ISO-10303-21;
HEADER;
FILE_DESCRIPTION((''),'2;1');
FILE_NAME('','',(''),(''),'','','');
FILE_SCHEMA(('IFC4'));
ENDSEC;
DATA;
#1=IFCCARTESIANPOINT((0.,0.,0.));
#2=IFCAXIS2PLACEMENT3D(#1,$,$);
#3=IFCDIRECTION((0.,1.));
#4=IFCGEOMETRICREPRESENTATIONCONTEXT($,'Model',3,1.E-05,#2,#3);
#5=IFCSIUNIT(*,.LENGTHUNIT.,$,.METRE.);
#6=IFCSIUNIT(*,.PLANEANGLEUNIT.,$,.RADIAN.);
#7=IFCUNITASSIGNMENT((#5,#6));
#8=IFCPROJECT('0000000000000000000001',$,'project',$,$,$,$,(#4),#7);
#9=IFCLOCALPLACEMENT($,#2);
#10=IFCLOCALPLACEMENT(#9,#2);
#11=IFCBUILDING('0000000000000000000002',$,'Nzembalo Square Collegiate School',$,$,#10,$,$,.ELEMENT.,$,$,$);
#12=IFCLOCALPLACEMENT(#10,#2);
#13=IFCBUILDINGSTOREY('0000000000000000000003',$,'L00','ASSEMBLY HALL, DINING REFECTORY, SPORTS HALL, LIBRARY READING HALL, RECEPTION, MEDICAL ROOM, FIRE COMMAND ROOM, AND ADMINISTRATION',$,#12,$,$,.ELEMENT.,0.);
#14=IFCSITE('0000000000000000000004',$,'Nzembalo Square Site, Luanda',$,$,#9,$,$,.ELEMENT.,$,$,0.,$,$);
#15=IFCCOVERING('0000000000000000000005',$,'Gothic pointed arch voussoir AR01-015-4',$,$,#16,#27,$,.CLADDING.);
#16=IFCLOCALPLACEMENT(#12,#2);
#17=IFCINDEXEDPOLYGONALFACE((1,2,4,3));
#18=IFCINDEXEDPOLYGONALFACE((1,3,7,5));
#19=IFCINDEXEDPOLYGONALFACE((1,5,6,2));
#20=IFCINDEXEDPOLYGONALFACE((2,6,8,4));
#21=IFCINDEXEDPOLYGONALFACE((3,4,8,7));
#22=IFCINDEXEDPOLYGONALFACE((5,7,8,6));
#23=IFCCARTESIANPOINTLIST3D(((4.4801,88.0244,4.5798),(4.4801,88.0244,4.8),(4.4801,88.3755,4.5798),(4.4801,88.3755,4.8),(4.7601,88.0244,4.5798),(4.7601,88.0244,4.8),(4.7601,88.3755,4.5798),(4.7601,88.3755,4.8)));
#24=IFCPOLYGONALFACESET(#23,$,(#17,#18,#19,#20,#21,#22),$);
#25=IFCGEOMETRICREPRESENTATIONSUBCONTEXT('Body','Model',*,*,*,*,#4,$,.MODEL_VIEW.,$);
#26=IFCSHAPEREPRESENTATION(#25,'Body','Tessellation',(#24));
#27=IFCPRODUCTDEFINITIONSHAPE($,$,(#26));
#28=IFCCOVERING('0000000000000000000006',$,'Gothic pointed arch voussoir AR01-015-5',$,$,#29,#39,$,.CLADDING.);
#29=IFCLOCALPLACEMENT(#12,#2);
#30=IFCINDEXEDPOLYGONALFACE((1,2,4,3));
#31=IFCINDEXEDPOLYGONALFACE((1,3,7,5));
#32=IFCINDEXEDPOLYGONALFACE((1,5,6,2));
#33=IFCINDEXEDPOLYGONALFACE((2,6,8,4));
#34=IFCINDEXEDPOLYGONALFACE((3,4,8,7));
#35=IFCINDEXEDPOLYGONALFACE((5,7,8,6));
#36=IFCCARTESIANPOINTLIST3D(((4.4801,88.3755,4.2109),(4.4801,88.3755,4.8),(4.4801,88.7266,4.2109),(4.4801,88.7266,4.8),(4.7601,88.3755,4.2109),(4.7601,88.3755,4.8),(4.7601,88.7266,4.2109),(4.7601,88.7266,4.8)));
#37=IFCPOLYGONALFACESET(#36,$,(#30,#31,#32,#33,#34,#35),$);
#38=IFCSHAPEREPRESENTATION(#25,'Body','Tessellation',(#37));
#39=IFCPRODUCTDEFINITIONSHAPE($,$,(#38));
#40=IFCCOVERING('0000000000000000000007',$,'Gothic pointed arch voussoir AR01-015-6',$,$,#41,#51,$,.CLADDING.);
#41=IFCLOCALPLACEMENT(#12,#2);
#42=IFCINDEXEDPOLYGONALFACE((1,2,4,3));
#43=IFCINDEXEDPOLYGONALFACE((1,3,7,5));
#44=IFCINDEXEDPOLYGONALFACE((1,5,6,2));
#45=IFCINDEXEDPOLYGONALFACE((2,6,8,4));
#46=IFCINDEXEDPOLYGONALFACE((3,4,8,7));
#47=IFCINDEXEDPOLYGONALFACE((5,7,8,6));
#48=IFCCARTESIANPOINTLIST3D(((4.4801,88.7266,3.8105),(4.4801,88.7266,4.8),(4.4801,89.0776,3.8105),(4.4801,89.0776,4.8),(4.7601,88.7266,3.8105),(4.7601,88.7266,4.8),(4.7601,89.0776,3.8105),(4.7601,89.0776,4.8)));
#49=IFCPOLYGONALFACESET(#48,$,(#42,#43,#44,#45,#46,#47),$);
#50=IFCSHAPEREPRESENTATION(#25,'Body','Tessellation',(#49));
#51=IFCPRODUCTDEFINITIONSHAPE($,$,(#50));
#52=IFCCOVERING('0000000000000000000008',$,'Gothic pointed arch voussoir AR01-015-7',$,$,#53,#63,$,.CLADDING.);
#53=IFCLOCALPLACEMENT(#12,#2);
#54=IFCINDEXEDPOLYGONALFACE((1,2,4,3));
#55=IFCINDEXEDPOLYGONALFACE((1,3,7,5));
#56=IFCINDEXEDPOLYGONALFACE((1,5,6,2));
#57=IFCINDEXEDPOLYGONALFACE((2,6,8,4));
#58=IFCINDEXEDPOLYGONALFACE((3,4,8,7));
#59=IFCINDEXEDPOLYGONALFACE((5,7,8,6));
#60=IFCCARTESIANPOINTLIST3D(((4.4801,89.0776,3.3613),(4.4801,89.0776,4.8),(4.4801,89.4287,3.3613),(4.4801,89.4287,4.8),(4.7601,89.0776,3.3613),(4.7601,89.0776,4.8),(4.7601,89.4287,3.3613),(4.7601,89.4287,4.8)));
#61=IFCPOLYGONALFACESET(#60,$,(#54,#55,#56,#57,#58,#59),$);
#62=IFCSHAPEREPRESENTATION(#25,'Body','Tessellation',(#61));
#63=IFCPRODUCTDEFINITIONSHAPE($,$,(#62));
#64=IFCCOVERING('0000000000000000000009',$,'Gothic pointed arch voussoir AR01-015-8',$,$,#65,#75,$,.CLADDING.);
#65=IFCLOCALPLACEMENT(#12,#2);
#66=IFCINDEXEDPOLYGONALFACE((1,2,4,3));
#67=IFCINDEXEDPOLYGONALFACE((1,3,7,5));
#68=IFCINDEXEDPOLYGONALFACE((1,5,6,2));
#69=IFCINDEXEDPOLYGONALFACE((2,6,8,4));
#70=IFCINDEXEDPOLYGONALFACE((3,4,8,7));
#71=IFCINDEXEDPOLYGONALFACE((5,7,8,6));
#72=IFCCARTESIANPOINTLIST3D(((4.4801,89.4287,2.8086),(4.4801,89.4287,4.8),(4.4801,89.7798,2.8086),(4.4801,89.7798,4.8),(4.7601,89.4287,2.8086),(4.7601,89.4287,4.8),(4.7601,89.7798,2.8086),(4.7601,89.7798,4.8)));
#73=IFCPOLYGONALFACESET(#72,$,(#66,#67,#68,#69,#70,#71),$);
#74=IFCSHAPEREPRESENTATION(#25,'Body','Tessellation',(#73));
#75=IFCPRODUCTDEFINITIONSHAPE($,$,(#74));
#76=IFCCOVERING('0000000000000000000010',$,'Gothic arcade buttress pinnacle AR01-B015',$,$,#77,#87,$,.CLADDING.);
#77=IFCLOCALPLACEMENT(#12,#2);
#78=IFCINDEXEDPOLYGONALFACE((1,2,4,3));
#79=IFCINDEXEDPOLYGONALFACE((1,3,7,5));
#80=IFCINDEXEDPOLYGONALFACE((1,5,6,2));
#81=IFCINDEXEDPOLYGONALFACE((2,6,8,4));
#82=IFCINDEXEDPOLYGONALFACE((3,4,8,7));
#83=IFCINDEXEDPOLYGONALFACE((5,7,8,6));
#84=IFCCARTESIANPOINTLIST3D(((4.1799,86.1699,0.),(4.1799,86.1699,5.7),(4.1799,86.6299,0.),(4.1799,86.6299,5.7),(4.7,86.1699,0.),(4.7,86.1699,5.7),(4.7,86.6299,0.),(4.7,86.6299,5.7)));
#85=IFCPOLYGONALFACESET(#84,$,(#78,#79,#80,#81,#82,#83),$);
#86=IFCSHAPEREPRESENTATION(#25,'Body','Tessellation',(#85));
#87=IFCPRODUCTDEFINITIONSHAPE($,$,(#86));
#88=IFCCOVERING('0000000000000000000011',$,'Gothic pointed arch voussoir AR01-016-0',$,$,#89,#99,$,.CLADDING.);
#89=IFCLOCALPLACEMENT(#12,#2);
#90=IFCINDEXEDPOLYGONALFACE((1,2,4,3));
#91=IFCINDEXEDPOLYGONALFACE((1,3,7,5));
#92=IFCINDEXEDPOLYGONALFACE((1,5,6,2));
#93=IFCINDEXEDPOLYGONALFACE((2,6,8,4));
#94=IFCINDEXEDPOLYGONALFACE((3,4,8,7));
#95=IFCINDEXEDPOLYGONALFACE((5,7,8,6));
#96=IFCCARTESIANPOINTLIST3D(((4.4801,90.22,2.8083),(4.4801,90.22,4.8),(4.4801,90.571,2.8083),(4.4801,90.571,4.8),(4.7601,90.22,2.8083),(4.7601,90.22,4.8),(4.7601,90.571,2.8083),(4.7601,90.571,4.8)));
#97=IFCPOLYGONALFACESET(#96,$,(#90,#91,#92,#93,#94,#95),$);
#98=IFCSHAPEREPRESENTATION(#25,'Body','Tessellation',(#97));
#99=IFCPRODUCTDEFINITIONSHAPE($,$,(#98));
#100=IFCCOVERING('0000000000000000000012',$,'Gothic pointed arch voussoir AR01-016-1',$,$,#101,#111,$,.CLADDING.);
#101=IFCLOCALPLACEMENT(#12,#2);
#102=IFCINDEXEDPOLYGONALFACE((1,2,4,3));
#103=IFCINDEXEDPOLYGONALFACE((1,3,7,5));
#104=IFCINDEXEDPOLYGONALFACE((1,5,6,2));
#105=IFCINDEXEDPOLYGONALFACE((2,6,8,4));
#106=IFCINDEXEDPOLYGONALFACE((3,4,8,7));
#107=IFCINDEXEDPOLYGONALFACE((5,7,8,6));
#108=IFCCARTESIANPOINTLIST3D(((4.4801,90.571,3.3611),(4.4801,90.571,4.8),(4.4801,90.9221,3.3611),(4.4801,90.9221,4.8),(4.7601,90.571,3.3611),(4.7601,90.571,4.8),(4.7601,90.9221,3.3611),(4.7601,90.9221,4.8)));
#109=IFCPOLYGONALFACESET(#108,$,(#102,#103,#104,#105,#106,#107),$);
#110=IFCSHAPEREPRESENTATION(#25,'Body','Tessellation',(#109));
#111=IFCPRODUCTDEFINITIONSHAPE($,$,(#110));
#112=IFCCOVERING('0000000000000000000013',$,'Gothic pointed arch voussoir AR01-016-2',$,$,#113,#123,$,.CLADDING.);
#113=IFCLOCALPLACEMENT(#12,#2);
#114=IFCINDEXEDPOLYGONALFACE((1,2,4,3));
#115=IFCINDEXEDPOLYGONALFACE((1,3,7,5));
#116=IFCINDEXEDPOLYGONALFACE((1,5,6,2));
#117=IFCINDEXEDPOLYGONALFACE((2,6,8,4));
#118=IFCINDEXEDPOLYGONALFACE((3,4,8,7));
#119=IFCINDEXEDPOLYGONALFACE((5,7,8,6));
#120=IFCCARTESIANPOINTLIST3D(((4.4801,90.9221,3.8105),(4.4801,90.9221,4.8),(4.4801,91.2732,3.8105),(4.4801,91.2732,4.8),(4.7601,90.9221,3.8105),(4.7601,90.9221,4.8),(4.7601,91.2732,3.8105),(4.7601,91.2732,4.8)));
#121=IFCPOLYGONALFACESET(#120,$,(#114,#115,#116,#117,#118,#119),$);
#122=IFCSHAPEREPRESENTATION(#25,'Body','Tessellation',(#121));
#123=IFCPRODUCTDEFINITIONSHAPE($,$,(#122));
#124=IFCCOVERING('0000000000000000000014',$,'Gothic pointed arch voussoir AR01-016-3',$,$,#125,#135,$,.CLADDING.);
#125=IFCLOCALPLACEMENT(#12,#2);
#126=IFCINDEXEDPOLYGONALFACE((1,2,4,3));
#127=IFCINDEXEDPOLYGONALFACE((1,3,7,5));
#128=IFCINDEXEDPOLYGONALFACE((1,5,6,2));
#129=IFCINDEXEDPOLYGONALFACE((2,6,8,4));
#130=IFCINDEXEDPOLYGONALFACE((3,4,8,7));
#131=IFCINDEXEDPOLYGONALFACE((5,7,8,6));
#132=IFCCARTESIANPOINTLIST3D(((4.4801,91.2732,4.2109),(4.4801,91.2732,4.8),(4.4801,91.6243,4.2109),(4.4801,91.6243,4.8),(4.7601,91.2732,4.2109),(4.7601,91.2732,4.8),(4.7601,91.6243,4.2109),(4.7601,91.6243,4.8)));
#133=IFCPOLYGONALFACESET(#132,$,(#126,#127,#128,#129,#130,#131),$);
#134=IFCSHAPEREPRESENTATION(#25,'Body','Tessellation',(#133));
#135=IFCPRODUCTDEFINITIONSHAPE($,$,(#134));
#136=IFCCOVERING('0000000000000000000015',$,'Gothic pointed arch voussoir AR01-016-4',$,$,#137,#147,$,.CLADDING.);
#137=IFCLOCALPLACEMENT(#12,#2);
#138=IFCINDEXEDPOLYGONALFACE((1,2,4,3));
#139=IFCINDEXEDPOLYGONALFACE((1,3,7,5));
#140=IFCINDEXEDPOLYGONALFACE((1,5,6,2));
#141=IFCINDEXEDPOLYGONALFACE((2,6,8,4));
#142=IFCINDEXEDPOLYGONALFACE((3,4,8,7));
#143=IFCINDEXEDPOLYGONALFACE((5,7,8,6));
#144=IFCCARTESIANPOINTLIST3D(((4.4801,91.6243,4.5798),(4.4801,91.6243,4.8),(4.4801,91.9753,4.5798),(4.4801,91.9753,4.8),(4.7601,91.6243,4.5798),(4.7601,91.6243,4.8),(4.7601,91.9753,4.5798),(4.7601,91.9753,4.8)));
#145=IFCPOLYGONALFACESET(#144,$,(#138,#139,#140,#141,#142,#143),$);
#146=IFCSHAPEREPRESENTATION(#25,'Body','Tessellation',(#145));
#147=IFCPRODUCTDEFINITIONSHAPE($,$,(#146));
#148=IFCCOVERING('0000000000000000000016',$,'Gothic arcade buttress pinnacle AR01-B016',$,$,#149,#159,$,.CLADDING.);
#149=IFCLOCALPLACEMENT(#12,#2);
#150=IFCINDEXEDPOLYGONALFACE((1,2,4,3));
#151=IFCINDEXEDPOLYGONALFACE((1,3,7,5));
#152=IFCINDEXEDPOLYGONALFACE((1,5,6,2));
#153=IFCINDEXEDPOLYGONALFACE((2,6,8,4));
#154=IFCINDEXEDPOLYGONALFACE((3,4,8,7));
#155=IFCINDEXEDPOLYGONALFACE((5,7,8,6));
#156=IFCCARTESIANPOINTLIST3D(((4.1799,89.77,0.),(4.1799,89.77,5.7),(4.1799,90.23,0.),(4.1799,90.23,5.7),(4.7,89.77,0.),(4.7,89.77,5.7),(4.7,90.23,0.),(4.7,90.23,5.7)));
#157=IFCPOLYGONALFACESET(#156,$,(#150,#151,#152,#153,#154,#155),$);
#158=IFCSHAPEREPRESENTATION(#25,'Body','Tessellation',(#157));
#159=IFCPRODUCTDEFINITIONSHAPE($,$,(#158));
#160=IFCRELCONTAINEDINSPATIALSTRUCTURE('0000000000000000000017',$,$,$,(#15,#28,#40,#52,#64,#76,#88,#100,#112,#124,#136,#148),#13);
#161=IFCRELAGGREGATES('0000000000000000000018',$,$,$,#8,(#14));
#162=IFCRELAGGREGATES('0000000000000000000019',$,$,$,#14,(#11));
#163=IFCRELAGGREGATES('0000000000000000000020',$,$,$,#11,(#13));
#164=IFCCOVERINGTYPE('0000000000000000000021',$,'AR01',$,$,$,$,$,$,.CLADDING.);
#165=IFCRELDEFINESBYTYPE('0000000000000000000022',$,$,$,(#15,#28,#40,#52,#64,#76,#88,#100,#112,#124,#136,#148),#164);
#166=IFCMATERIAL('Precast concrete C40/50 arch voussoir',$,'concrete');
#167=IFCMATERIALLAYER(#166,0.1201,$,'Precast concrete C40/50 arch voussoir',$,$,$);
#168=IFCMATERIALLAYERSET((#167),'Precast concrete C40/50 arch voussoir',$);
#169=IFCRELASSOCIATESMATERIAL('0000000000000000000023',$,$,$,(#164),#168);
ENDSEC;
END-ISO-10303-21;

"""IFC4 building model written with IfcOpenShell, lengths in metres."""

from ifc_helpers import new_model, si_unit, direction, frame, origin, origin_2d, place, context, subcontext, project, spatial, rectangle, extrude, material, layer, layer_set, type_object, element, save


model = new_model("IFC4")

# Units and contexts
model_context = context("Model", 3, precision=1e-05, world=origin(), true_north=direction((0.0, 1.0)))
body_context = subcontext(model_context, "Body", "Model", "MODEL_VIEW")
ifc_project = project(units=[si_unit("LENGTHUNIT", "METRE"), si_unit("PLANEANGLEUNIT", "RADIAN")], contexts=[model_context])

# Site, building, storey
site_placement = place(None, origin())
site = spatial("IfcSite", under=ifc_project, at=site_placement, Name="Nzembalo Square Site, Luanda", CompositionType="ELEMENT", RefElevation=0.0)
building_placement = place(site_placement, origin())
building = spatial("IfcBuilding", under=site, at=building_placement, Name="Nzembalo Square Collegiate School", CompositionType="ELEMENT")
storey_placement = place(building_placement, origin())
storey = spatial("IfcBuildingStorey", under=building, at=storey_placement, Name="L00", Description="ASSEMBLY HALL, DINING REFECTORY, SPORTS HALL, LIBRARY READING HALL, RECEPTION, MEDICAL ROOM, FIRE COMMAND ROOM, AND ADMINISTRATION", CompositionType="ELEMENT", Elevation=0.0)

# Coverings
ifc_material_1 = material(Name="Precast concrete C40/50 arch voussoir", Category="concrete")
ifc_layer = layer(ifc_material_1, 0.1201, Name="Precast concrete C40/50 arch voussoir")
ifc_layer_set = layer_set([ifc_layer], Name="Precast concrete C40/50 arch voussoir")
covering_type = type_object("IfcCoveringType", Name="AR01", PredefinedType="CLADDING", material=ifc_layer_set)
covering_1_placement = place(storey_placement, frame((4.6201, 88.2, 4.5798), z_axis=(0.0, 0.0, 1.0), x_axis=(1.0, 0.0, 0.0)))
element("IfcCovering", 1, at=covering_1_placement, inside=storey, type_object=covering_type, Name="Gothic pointed arch voussoir AR01-015-4", PredefinedType="CLADDING", context=body_context, shape_type="SweptSolid", body=[
    extrude(rectangle(XDim=0.28, YDim=0.3511, at=origin_2d()), origin(), (0.0, 0.0, 1.0), 0.2202),
])
covering_2_placement = place(storey_placement, frame((4.6201, 88.551, 4.2109), z_axis=(0.0, 0.0, 1.0), x_axis=(1.0, 0.0, 0.0)))
element("IfcCovering", 2, at=covering_2_placement, inside=storey, type_object=covering_type, Name="Gothic pointed arch voussoir AR01-015-5", PredefinedType="CLADDING", context=body_context, shape_type="SweptSolid", body=[
    extrude(rectangle(XDim=0.28, YDim=0.3511, at=origin_2d()), origin(), (0.0, 0.0, 1.0), 0.5891),
])
covering_3_placement = place(storey_placement, frame((4.6201, 88.9021, 3.8105), z_axis=(0.0, 0.0, 1.0), x_axis=(1.0, 0.0, 0.0)))
element("IfcCovering", 3, at=covering_3_placement, inside=storey, type_object=covering_type, Name="Gothic pointed arch voussoir AR01-015-6", PredefinedType="CLADDING", context=body_context, shape_type="SweptSolid", body=[
    extrude(rectangle(XDim=0.28, YDim=0.3511, at=origin_2d()), origin(), (0.0, 0.0, 1.0), 0.9895),
])
covering_4_placement = place(storey_placement, frame((4.6201, 89.2532, 3.3613), z_axis=(0.0, 0.0, 1.0), x_axis=(1.0, 0.0, 0.0)))
element("IfcCovering", 4, at=covering_4_placement, inside=storey, type_object=covering_type, Name="Gothic pointed arch voussoir AR01-015-7", PredefinedType="CLADDING", context=body_context, shape_type="SweptSolid", body=[
    extrude(rectangle(XDim=0.28, YDim=0.3511, at=origin_2d()), origin(), (0.0, 0.0, 1.0), 1.4387),
])
covering_5_placement = place(storey_placement, frame((4.6201, 89.6042, 2.8086), z_axis=(0.0, 0.0, 1.0), x_axis=(1.0, 0.0, 0.0)))
element("IfcCovering", 5, at=covering_5_placement, inside=storey, type_object=covering_type, Name="Gothic pointed arch voussoir AR01-015-8", PredefinedType="CLADDING", context=body_context, shape_type="SweptSolid", body=[
    extrude(rectangle(XDim=0.28, YDim=0.3511, at=origin_2d()), origin(), (0.0, 0.0, 1.0), 1.9915),
])
covering_6_placement = place(storey_placement, frame((4.4399, 86.3999, 0.0), z_axis=(0.0, 0.0, 1.0), x_axis=(1.0, 0.0, 0.0)))
element("IfcCovering", 6, at=covering_6_placement, inside=storey, type_object=covering_type, Name="Gothic arcade buttress pinnacle AR01-B015", PredefinedType="CLADDING", context=body_context, shape_type="SweptSolid", body=[
    extrude(rectangle(XDim=0.52, YDim=0.46, at=origin_2d()), origin(), (0.0, 0.0, 1.0), 5.7),
])
covering_7_placement = place(storey_placement, frame((4.6201, 90.3955, 2.8083), z_axis=(0.0, 0.0, 1.0), x_axis=(1.0, 0.0, 0.0)))
element("IfcCovering", 7, at=covering_7_placement, inside=storey, type_object=covering_type, Name="Gothic pointed arch voussoir AR01-016-0", PredefinedType="CLADDING", context=body_context, shape_type="SweptSolid", body=[
    extrude(rectangle(XDim=0.28, YDim=0.3511, at=origin_2d()), origin(), (0.0, 0.0, 1.0), 1.9917),
])
covering_8_placement = place(storey_placement, frame((4.6201, 90.7466, 3.3611), z_axis=(0.0, 0.0, 1.0), x_axis=(1.0, 0.0, 0.0)))
element("IfcCovering", 8, at=covering_8_placement, inside=storey, type_object=covering_type, Name="Gothic pointed arch voussoir AR01-016-1", PredefinedType="CLADDING", context=body_context, shape_type="SweptSolid", body=[
    extrude(rectangle(XDim=0.28, YDim=0.3511, at=origin_2d()), origin(), (0.0, 0.0, 1.0), 1.439),
])
covering_9_placement = place(storey_placement, frame((4.6201, 91.0977, 3.8105), z_axis=(0.0, 0.0, 1.0), x_axis=(1.0, 0.0, 0.0)))
element("IfcCovering", 9, at=covering_9_placement, inside=storey, type_object=covering_type, Name="Gothic pointed arch voussoir AR01-016-2", PredefinedType="CLADDING", context=body_context, shape_type="SweptSolid", body=[
    extrude(rectangle(XDim=0.28, YDim=0.3511, at=origin_2d()), origin(), (0.0, 0.0, 1.0), 0.9895),
])
covering_10_placement = place(storey_placement, frame((4.6201, 91.4487, 4.2109), z_axis=(0.0, 0.0, 1.0), x_axis=(1.0, 0.0, 0.0)))
element("IfcCovering", 10, at=covering_10_placement, inside=storey, type_object=covering_type, Name="Gothic pointed arch voussoir AR01-016-3", PredefinedType="CLADDING", context=body_context, shape_type="SweptSolid", body=[
    extrude(rectangle(XDim=0.28, YDim=0.3511, at=origin_2d()), origin(), (0.0, 0.0, 1.0), 0.5891),
])
covering_11_placement = place(storey_placement, frame((4.6201, 91.7998, 4.5798), z_axis=(0.0, 0.0, 1.0), x_axis=(1.0, 0.0, 0.0)))
element("IfcCovering", 11, at=covering_11_placement, inside=storey, type_object=covering_type, Name="Gothic pointed arch voussoir AR01-016-4", PredefinedType="CLADDING", context=body_context, shape_type="SweptSolid", body=[
    extrude(rectangle(XDim=0.28, YDim=0.3511, at=origin_2d()), origin(), (0.0, 0.0, 1.0), 0.2202),
])
covering_12_placement = place(storey_placement, frame((4.4399, 90.0, 0.0), z_axis=(0.0, 0.0, 1.0), x_axis=(1.0, 0.0, 0.0)))
element("IfcCovering", 12, at=covering_12_placement, inside=storey, type_object=covering_type, Name="Gothic arcade buttress pinnacle AR01-B016", PredefinedType="CLADDING", context=body_context, shape_type="SweptSolid", body=[
    extrude(rectangle(XDim=0.52, YDim=0.46, at=origin_2d()), origin(), (0.0, 0.0, 1.0), 5.7),
])

save(model, "model.ifc")
